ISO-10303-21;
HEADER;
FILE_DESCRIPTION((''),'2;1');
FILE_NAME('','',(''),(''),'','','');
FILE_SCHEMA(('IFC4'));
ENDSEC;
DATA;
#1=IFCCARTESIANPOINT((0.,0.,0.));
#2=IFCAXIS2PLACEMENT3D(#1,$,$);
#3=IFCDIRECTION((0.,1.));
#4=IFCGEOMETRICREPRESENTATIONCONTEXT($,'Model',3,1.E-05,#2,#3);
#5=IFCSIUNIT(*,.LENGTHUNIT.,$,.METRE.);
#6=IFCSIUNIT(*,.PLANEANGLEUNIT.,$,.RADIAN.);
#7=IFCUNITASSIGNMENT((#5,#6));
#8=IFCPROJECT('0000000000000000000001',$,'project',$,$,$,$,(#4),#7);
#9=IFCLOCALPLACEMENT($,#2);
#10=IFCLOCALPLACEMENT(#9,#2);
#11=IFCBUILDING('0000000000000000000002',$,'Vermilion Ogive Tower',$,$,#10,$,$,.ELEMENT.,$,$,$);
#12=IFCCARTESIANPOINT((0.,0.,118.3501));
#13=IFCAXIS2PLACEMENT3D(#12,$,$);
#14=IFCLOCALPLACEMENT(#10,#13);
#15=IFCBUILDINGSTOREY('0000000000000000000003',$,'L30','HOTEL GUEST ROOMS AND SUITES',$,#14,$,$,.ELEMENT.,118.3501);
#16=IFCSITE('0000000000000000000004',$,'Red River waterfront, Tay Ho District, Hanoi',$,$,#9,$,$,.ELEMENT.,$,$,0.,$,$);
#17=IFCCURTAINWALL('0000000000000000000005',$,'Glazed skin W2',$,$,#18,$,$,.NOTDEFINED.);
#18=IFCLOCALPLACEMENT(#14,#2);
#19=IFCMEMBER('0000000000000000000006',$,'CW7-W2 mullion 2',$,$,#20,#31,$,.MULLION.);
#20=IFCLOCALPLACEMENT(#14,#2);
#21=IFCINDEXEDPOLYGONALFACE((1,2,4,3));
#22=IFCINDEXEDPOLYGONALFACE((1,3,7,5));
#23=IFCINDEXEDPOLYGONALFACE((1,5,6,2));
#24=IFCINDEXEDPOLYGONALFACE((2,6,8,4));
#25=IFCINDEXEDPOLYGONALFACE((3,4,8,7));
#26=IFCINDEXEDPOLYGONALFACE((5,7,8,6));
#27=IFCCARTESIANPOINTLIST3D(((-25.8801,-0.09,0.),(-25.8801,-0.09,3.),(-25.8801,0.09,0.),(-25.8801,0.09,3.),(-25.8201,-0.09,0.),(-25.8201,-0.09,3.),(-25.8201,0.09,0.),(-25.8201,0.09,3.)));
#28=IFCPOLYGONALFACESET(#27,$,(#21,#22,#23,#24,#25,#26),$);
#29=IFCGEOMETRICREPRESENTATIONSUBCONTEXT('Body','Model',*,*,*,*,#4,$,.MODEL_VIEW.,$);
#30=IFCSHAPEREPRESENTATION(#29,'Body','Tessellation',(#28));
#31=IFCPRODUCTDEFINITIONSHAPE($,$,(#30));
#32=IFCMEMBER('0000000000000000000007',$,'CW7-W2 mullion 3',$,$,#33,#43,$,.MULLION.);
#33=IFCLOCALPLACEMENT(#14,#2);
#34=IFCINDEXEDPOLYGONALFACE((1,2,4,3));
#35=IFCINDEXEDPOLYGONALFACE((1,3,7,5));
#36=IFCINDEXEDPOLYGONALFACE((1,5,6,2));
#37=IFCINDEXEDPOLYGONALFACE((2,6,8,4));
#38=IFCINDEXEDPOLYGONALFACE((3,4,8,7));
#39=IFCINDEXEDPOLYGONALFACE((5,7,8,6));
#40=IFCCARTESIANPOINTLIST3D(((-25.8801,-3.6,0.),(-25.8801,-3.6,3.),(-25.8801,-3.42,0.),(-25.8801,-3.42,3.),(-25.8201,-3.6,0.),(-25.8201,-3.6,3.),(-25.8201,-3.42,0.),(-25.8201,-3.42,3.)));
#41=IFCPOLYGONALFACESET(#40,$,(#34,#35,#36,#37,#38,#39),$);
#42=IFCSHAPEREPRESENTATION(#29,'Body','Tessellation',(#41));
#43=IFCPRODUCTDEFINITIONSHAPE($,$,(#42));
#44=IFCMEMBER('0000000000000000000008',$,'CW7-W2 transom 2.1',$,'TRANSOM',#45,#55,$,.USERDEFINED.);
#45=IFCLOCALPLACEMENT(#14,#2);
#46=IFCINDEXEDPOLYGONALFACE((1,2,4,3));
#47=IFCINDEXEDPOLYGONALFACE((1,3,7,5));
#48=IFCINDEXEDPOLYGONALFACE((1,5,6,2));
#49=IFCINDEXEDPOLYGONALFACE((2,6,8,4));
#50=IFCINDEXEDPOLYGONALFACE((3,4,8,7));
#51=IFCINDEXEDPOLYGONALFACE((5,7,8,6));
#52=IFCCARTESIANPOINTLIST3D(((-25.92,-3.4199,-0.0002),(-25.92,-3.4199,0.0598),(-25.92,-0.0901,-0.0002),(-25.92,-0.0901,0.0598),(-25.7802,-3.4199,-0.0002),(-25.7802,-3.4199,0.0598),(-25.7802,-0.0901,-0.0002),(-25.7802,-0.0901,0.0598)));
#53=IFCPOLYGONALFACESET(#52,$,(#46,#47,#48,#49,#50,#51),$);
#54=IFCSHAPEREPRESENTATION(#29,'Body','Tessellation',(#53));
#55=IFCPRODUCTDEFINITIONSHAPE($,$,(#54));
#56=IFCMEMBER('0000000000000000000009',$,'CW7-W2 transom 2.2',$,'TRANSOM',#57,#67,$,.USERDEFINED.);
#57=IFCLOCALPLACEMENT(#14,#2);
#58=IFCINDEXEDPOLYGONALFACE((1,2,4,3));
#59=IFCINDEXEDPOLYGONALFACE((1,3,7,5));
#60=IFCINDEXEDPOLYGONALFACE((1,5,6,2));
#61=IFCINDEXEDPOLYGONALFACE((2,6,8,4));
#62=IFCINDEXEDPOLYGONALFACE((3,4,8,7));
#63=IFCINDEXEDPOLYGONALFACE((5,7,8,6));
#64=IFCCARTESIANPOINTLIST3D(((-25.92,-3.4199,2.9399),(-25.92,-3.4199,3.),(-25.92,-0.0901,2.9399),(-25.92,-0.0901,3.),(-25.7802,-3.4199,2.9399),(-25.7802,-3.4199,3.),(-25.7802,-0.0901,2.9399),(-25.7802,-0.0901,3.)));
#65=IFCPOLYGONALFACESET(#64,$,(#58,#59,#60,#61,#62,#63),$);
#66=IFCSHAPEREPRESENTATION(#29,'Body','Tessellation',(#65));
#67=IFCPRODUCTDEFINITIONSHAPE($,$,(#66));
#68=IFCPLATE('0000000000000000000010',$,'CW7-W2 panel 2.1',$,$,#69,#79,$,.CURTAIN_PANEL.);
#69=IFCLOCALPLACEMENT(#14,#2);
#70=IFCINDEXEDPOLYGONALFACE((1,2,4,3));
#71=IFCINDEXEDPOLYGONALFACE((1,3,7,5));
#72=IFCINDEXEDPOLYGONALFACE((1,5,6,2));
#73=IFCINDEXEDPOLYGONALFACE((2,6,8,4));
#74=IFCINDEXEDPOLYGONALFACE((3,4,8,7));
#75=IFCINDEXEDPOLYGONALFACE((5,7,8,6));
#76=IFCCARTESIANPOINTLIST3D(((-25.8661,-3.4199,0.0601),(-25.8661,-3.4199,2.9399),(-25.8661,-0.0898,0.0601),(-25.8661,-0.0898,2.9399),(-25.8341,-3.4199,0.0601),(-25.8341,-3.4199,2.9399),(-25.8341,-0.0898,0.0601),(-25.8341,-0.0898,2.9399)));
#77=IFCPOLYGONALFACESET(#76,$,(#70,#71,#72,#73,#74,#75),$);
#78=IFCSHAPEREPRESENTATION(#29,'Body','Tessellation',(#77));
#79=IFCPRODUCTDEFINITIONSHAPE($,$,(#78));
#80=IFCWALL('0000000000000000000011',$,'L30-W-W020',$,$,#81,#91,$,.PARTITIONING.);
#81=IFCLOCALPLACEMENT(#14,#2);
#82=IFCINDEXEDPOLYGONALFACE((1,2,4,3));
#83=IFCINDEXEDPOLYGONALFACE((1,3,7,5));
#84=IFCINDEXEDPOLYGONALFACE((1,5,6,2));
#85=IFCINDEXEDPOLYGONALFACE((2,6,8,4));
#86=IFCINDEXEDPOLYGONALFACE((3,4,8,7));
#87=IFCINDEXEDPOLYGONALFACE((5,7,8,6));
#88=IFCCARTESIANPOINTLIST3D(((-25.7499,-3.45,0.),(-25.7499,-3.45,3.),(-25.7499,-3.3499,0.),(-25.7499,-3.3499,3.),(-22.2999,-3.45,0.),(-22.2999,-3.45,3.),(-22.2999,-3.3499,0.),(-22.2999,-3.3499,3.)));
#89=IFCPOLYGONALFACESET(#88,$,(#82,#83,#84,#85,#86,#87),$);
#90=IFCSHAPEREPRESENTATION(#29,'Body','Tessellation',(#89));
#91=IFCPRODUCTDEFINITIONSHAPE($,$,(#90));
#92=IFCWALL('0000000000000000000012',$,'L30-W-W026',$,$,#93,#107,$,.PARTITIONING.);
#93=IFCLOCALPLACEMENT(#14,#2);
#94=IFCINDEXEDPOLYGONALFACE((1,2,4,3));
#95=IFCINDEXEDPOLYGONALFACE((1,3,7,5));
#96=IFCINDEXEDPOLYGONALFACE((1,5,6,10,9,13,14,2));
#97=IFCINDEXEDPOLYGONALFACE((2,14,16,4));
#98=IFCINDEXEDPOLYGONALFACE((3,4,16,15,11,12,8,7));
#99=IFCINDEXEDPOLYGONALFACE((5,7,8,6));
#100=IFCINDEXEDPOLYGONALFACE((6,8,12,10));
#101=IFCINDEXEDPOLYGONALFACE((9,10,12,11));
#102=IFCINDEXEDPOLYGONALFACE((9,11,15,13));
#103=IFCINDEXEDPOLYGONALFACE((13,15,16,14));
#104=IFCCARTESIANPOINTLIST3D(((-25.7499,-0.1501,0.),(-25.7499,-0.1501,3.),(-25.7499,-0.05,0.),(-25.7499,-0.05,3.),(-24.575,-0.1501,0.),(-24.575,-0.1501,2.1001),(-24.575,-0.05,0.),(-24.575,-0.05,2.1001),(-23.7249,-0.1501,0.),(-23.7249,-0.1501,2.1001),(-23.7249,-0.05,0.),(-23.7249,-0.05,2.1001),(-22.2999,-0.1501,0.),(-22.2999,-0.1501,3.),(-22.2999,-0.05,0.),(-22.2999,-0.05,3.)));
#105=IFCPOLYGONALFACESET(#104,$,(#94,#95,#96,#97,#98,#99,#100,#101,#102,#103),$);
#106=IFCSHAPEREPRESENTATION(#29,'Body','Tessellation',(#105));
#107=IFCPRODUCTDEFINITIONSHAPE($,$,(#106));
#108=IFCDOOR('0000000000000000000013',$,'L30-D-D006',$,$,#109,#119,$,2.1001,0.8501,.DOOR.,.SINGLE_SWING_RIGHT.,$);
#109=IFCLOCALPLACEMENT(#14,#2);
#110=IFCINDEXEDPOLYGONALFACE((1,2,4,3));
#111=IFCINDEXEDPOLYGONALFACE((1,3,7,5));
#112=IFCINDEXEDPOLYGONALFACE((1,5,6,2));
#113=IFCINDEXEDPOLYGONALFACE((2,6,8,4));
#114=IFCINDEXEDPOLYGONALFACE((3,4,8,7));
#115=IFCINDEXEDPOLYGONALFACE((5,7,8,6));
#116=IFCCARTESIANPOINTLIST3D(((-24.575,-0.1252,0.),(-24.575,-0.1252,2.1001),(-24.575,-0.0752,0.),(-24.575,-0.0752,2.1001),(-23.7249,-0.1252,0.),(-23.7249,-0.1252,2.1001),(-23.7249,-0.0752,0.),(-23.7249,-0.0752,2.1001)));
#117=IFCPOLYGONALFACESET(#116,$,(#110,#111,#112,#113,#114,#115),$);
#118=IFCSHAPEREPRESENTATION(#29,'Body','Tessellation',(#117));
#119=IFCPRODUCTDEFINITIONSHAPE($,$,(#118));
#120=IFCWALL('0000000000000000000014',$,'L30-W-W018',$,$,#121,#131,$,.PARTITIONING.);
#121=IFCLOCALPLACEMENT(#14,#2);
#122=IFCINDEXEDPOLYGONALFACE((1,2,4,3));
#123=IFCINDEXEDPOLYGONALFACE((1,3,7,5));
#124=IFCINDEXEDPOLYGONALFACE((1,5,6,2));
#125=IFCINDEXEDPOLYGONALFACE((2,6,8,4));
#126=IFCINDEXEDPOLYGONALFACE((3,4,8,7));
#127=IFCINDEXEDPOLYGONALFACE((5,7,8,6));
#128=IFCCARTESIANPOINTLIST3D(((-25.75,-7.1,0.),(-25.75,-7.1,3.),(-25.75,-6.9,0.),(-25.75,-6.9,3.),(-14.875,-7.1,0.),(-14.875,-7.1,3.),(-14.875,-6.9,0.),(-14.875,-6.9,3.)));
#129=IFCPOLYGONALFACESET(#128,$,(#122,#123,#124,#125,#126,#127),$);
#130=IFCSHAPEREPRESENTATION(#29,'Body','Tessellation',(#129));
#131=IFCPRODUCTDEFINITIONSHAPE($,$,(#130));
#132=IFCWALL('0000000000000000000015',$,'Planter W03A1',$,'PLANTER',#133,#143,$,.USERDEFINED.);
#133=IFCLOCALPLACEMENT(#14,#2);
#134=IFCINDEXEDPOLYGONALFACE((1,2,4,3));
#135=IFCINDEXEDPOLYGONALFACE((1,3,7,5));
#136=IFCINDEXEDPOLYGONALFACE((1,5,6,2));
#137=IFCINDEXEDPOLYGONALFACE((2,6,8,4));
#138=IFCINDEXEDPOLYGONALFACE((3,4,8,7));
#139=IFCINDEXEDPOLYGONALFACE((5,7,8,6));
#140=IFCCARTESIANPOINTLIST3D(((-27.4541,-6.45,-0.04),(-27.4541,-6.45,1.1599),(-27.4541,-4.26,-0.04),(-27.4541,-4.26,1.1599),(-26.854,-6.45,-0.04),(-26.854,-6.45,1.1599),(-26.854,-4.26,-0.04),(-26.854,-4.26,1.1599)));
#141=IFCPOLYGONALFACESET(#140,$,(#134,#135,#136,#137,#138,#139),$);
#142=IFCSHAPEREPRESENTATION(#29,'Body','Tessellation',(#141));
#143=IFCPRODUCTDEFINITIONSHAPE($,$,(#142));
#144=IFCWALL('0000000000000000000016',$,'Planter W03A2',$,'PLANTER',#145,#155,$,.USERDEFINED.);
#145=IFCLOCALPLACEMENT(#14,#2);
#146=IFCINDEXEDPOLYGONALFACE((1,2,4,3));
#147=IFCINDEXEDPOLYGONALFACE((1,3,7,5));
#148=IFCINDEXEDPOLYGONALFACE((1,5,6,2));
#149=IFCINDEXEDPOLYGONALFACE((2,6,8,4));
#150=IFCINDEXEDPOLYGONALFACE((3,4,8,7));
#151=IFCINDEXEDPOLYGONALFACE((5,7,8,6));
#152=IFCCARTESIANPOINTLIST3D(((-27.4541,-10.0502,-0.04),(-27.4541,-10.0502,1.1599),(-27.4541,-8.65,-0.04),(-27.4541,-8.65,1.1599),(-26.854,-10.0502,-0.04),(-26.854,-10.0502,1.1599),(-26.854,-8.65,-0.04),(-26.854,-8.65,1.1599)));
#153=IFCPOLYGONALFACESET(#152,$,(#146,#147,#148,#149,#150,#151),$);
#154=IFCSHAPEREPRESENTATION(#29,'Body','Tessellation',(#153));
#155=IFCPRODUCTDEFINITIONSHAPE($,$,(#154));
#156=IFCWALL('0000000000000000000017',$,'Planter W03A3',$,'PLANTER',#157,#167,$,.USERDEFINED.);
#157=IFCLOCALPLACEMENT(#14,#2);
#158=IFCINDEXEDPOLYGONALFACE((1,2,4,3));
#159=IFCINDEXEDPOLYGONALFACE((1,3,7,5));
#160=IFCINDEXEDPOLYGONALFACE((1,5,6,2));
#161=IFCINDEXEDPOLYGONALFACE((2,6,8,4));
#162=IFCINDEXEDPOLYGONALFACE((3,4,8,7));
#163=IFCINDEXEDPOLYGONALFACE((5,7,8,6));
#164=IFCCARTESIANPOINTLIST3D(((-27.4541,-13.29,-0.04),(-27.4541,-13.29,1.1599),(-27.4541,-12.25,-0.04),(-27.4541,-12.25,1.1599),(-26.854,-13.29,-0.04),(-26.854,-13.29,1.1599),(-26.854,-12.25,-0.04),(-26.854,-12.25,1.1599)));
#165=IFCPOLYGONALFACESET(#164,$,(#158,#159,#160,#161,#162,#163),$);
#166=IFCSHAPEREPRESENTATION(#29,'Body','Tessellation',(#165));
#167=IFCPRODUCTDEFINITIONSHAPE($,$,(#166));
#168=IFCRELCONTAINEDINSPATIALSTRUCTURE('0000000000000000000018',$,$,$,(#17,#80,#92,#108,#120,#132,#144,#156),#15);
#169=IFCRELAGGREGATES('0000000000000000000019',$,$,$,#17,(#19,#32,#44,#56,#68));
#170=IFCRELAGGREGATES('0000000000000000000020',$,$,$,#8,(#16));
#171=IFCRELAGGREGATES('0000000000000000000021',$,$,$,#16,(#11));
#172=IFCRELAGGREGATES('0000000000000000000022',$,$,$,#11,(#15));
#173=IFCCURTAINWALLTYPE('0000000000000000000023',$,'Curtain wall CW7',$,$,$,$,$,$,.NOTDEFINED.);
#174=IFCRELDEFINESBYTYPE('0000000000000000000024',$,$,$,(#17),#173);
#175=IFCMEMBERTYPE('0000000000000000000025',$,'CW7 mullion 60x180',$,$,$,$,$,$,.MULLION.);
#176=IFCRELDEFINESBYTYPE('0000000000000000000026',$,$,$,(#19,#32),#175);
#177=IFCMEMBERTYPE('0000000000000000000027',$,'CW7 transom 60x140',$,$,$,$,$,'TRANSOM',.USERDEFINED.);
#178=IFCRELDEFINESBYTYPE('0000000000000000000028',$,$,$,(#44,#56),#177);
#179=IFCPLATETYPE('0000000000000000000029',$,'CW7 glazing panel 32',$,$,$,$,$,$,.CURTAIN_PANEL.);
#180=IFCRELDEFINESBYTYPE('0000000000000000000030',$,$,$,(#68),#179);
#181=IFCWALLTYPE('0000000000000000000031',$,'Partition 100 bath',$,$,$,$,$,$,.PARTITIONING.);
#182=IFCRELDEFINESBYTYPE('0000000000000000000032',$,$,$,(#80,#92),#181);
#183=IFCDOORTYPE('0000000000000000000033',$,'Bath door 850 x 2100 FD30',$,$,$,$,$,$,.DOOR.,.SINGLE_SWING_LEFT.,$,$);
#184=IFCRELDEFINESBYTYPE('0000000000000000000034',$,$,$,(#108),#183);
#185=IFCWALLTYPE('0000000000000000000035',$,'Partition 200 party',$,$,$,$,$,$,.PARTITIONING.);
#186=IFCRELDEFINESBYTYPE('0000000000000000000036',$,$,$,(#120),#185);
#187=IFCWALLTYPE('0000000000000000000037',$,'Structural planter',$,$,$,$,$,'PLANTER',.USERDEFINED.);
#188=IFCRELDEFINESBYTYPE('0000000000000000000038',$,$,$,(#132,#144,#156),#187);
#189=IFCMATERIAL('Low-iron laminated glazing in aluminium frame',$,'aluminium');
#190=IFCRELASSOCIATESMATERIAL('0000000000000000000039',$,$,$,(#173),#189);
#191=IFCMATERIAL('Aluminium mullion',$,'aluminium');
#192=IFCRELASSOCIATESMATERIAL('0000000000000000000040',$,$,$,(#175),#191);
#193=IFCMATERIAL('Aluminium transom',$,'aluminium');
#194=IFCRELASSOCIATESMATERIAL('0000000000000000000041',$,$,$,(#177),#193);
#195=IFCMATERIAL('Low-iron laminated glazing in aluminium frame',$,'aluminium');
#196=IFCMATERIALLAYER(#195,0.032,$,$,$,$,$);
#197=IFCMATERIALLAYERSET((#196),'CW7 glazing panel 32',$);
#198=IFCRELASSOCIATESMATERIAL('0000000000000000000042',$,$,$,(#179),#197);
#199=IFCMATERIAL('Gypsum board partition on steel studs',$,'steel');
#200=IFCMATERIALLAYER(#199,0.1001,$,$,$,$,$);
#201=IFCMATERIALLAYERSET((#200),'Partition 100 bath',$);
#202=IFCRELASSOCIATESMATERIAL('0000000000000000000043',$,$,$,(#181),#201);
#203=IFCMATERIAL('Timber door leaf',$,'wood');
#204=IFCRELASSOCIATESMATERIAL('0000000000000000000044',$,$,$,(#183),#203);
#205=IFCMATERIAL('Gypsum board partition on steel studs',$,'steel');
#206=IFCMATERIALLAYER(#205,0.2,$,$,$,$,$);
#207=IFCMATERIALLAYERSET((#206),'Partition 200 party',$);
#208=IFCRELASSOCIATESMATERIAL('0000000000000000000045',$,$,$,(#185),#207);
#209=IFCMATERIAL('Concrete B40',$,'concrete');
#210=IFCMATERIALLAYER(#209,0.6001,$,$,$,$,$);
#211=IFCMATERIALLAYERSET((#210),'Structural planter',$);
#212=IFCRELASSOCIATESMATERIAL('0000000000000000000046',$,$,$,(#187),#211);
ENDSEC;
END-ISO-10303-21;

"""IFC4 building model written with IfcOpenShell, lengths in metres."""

from ifc_helpers import new_model, si_unit, direction, frame, frame_2d, origin, origin_2d, place, context, subcontext, project, spatial, rectangle, extrude, material, layer, layer_set, material_profile, profile_set, type_object, element, fill, aggregate, save


model = new_model("IFC4")

# Units and contexts
model_context = context("Model", 3, precision=1e-05, world=origin(), true_north=direction((0.0, 1.0)))
body_context = subcontext(model_context, "Body", "Model", "MODEL_VIEW")
ifc_project = project(units=[si_unit("LENGTHUNIT", "METRE"), si_unit("PLANEANGLEUNIT", "RADIAN")], contexts=[model_context])

# Site, building, storey
site_placement = place(None, origin())
site = spatial("IfcSite", under=ifc_project, at=site_placement, Name="Red River waterfront, Tay Ho District, Hanoi", CompositionType="ELEMENT", RefElevation=0.0)
building_placement = place(site_placement, origin())
building = spatial("IfcBuilding", under=site, at=building_placement, Name="Vermilion Ogive Tower", CompositionType="ELEMENT")
storey_placement = place(building_placement, frame((0.0, 0.0, 118.3501)))
storey = spatial("IfcBuildingStorey", under=building, at=storey_placement, Name="L30", Description="HOTEL GUEST ROOMS AND SUITES", CompositionType="ELEMENT", Elevation=118.3501)

# Curtain wall, members, plate
ifc_material_1 = material(Name="Low-iron laminated glazing in aluminium frame", Category="aluminium")
curtain_wall_type = type_object("IfcCurtainWallType", Name="Curtain wall CW7", PredefinedType="NOTDEFINED", material=ifc_material_1)
curtain_wall_placement = place(storey_placement, origin())
curtain_wall = element("IfcCurtainWall", 1, at=curtain_wall_placement, inside=storey, type_object=curtain_wall_type, Name="Glazed skin W2", PredefinedType="NOTDEFINED")
ifc_material_2 = material(Name="Aluminium mullion", Category="aluminium")
ifc_material_profile_1 = material_profile(ifc_material_2, rectangle(XDim=0.0601, YDim=0.1799, at=origin_2d()), Name="AL 60x180")
ifc_profile_set_1 = profile_set([ifc_material_profile_1], Name="Aluminium mullion")
member_type_1 = type_object("IfcMemberType", Name="CW7 mullion 60x180", PredefinedType="MULLION", material=ifc_profile_set_1)
member_1_placement = place(storey_placement, frame((-25.8501, 0.0, 0.0), z_axis=(0.0, 0.0, 1.0), x_axis=(1.0, 0.0, 0.0)))
member_1 = element("IfcMember", 2, at=member_1_placement, type_object=member_type_1, Name="CW7-W2 mullion 2", PredefinedType="MULLION", context=body_context, shape_type="SweptSolid", body=[
    extrude(rectangle(XDim=0.0601, YDim=0.1799, at=origin_2d()), origin(), (0.0, 0.0, 1.0), 3.0),
])
member_2_placement = place(storey_placement, frame((-25.8501, -3.51, 0.0), z_axis=(0.0, 0.0, 1.0), x_axis=(1.0, 0.0, 0.0)))
member_2 = element("IfcMember", 3, at=member_2_placement, type_object=member_type_1, Name="CW7-W2 mullion 3", PredefinedType="MULLION", context=body_context, shape_type="SweptSolid", body=[
    extrude(rectangle(XDim=0.0601, YDim=0.1799, at=origin_2d()), origin(), (0.0, 0.0, 1.0), 3.0),
])
ifc_material_3 = material(Name="Aluminium transom", Category="aluminium")
ifc_material_profile_2 = material_profile(ifc_material_3, rectangle(XDim=0.1399, YDim=0.0601, at=origin_2d()), Name="AL 60x140")
ifc_profile_set_2 = profile_set([ifc_material_profile_2], Name="Aluminium transom")
member_type_2 = type_object("IfcMemberType", Name="CW7 transom 60x140", ElementType="TRANSOM", PredefinedType="USERDEFINED", material=ifc_profile_set_2)
member_3_placement = place(storey_placement, frame((-25.8501, -0.0901, 0.0298), z_axis=(0.0, -1.0, 0.0), x_axis=(1.0, 0.0, 0.0)))
member_3 = element("IfcMember", 4, at=member_3_placement, type_object=member_type_2, Name="CW7-W2 transom 2.1", ObjectType="TRANSOM", PredefinedType="USERDEFINED", context=body_context, shape_type="SweptSolid", body=[
    extrude(rectangle(XDim=0.1399, YDim=0.0601, at=origin_2d()), origin(), (0.0, 0.0, 1.0), 3.3298),
])
member_4_placement = place(storey_placement, frame((-25.8501, -0.0901, 2.97), z_axis=(0.0, -1.0, 0.0), x_axis=(1.0, 0.0, 0.0)))
member_4 = element("IfcMember", 5, at=member_4_placement, type_object=member_type_2, Name="CW7-W2 transom 2.2", ObjectType="TRANSOM", PredefinedType="USERDEFINED", context=body_context, shape_type="SweptSolid", body=[
    extrude(rectangle(XDim=0.1399, YDim=0.0601, at=origin_2d()), origin(), (0.0, 0.0, 1.0), 3.3298),
])
ifc_material_4 = material(Name="Low-iron laminated glazing in aluminium frame", Category="aluminium")
ifc_layer_1 = layer(ifc_material_4, 0.032)
ifc_layer_set_1 = layer_set([ifc_layer_1], Name="CW7 glazing panel 32")
plate_type = type_object("IfcPlateType", Name="CW7 glazing panel 32", PredefinedType="CURTAIN_PANEL", material=ifc_layer_set_1)
plate_placement = place(storey_placement, frame((-25.8501, -1.7549, 0.0601), z_axis=(0.0, 0.0, 1.0), x_axis=(0.0, -1.0, 0.0)))
plate = element("IfcPlate", 6, at=plate_placement, type_object=plate_type, Name="CW7-W2 panel 2.1", PredefinedType="CURTAIN_PANEL", context=body_context, shape_type="SweptSolid", body=[
    extrude(rectangle(XDim=3.3301, YDim=0.032, at=origin_2d()), origin(), (0.0, 0.0, 1.0), 2.8799),
])
aggregate(curtain_wall, [member_1, member_2, member_3, member_4, plate])

# Wall
ifc_material_5 = material(Name="Gypsum board partition on steel studs", Category="steel")
ifc_layer_2 = layer(ifc_material_5, 0.1001)
ifc_layer_set_2 = layer_set([ifc_layer_2], Name="Partition 100 bath")
wall_type_1 = type_object("IfcWallType", Name="Partition 100 bath", PredefinedType="PARTITIONING", material=ifc_layer_set_2)
wall_1_placement = place(storey_placement, frame((-25.75, -3.3999, 0.0), z_axis=(0.0, 0.0, 1.0), x_axis=(1.0, 0.0, 0.0)))
element("IfcWall", 7, at=wall_1_placement, inside=storey, type_object=wall_type_1, Name="L30-W-W020", PredefinedType="PARTITIONING", context=body_context, shape_type="SweptSolid", body=[
    extrude(rectangle(XDim=3.45, YDim=0.1001, at=frame_2d((1.7251, 0.0))), origin(), (0.0, 0.0, 1.0), 3.0),
])

# Wall, opening, door
wall_2_placement = place(storey_placement, frame((-25.75, -0.1001, 0.0), z_axis=(0.0, 0.0, 1.0), x_axis=(1.0, 0.0, 0.0)))
wall_2 = element("IfcWall", 8, at=wall_2_placement, inside=storey, type_object=wall_type_1, Name="L30-W-W026", PredefinedType="PARTITIONING", context=body_context, shape_type="SweptSolid", body=[
    extrude(rectangle(XDim=3.45, YDim=0.1001, at=frame_2d((1.7251, 0.0))), origin(), (0.0, 0.0, 1.0), 3.0),
])
opening_1_placement = place(wall_2_placement, frame((1.175, 0.0, 0.0)))
opening_1 = element("IfcOpeningElement", 9, at=opening_1_placement, cuts=wall_2, PredefinedType="OPENING", context=body_context, shape_type="SweptSolid", body=[
    extrude(rectangle(XDim=0.8501, YDim=2.1001, at=frame_2d((0.425, 1.05))), frame((0.0, 0.0601, 0.0), z_axis=(0.0, -1.0, 0.0), x_axis=(1.0, 0.0, 0.0)), (0.0, 0.0, 1.0), 0.1201),
])
ifc_material_6 = material(Name="Timber door leaf", Category="wood")
door_type_1 = type_object("IfcDoorType", Name="Bath door 850 x 2100 FD30", OperationType="SINGLE_SWING_LEFT", PredefinedType="DOOR", material=ifc_material_6)
door_1_placement = place(opening_1_placement, origin())
door_1 = element("IfcDoor", 10, at=door_1_placement, inside=storey, type_object=door_type_1, Name="L30-D-D006", OperationType="SINGLE_SWING_RIGHT", OverallHeight=2.1001, OverallWidth=0.8501, PredefinedType="DOOR", context=body_context, shape_type="SweptSolid", body=[
    extrude(rectangle(XDim=0.8501, YDim=2.1001, at=frame_2d((0.425, 1.05))), frame((0.0, 0.0249, 0.0), z_axis=(0.0, -1.0, 0.0), x_axis=(1.0, 0.0, 0.0)), (0.0, 0.0, 1.0), 0.05),
])
fill(opening_1, door_1)

# Walls
ifc_material_7 = material(Name="Gypsum board partition on steel studs", Category="steel")
ifc_layer_3 = layer(ifc_material_7, 0.2)
ifc_layer_set_3 = layer_set([ifc_layer_3], Name="Partition 200 party")
wall_type_2 = type_object("IfcWallType", Name="Partition 200 party", PredefinedType="PARTITIONING", material=ifc_layer_set_3)
wall_3_placement = place(storey_placement, frame((-25.75, -7.0, 0.0), z_axis=(0.0, 0.0, 1.0), x_axis=(1.0, 0.0, 0.0)))
element("IfcWall", 11, at=wall_3_placement, inside=storey, type_object=wall_type_2, Name="L30-W-W018", PredefinedType="PARTITIONING", context=body_context, shape_type="SweptSolid", body=[
    extrude(rectangle(XDim=10.875, YDim=0.2, at=frame_2d((5.4375, 0.0))), origin(), (0.0, 0.0, 1.0), 3.0),
])
ifc_material_8 = material(Name="Concrete B40", Category="concrete")
ifc_layer_4 = layer(ifc_material_8, 0.6001)
ifc_layer_set_4 = layer_set([ifc_layer_4], Name="Structural planter")
wall_type_3 = type_object("IfcWallType", Name="Structural planter", ElementType="PLANTER", PredefinedType="USERDEFINED", material=ifc_layer_set_4)
wall_4_placement = place(storey_placement, frame((-27.1541, -4.26, -0.04), z_axis=(0.0, 0.0, 1.0), x_axis=(0.0, -1.0, 0.0)))
element("IfcWall", 12, at=wall_4_placement, inside=storey, type_object=wall_type_3, Name="Planter W03A1", ObjectType="PLANTER", PredefinedType="USERDEFINED", context=body_context, shape_type="SweptSolid", body=[
    extrude(rectangle(XDim=2.1899, YDim=0.6001, at=frame_2d((1.095, 0.0))), origin(), (0.0, 0.0, 1.0), 1.2),
])
wall_5_placement = place(storey_placement, frame((-27.1541, -8.6499, -0.04), z_axis=(0.0, 0.0, 1.0), x_axis=(0.0, -1.0, 0.0)))
element("IfcWall", 13, at=wall_5_placement, inside=storey, type_object=wall_type_3, Name="Planter W03A2", ObjectType="PLANTER", PredefinedType="USERDEFINED", context=body_context, shape_type="SweptSolid", body=[
    extrude(rectangle(XDim=1.4001, YDim=0.6001, at=frame_2d((0.7002, 0.0))), origin(), (0.0, 0.0, 1.0), 1.2),
])
wall_6_placement = place(storey_placement, frame((-27.1541, -12.25, -0.04), z_axis=(0.0, 0.0, 1.0), x_axis=(0.0, -1.0, 0.0)))
element("IfcWall", 14, at=wall_6_placement, inside=storey, type_object=wall_type_3, Name="Planter W03A3", ObjectType="PLANTER", PredefinedType="USERDEFINED", context=body_context, shape_type="SweptSolid", body=[
    extrude(rectangle(XDim=1.04, YDim=0.6001, at=frame_2d((0.52, 0.0))), origin(), (0.0, 0.0, 1.0), 1.2),
])

save(model, "model.ifc")
